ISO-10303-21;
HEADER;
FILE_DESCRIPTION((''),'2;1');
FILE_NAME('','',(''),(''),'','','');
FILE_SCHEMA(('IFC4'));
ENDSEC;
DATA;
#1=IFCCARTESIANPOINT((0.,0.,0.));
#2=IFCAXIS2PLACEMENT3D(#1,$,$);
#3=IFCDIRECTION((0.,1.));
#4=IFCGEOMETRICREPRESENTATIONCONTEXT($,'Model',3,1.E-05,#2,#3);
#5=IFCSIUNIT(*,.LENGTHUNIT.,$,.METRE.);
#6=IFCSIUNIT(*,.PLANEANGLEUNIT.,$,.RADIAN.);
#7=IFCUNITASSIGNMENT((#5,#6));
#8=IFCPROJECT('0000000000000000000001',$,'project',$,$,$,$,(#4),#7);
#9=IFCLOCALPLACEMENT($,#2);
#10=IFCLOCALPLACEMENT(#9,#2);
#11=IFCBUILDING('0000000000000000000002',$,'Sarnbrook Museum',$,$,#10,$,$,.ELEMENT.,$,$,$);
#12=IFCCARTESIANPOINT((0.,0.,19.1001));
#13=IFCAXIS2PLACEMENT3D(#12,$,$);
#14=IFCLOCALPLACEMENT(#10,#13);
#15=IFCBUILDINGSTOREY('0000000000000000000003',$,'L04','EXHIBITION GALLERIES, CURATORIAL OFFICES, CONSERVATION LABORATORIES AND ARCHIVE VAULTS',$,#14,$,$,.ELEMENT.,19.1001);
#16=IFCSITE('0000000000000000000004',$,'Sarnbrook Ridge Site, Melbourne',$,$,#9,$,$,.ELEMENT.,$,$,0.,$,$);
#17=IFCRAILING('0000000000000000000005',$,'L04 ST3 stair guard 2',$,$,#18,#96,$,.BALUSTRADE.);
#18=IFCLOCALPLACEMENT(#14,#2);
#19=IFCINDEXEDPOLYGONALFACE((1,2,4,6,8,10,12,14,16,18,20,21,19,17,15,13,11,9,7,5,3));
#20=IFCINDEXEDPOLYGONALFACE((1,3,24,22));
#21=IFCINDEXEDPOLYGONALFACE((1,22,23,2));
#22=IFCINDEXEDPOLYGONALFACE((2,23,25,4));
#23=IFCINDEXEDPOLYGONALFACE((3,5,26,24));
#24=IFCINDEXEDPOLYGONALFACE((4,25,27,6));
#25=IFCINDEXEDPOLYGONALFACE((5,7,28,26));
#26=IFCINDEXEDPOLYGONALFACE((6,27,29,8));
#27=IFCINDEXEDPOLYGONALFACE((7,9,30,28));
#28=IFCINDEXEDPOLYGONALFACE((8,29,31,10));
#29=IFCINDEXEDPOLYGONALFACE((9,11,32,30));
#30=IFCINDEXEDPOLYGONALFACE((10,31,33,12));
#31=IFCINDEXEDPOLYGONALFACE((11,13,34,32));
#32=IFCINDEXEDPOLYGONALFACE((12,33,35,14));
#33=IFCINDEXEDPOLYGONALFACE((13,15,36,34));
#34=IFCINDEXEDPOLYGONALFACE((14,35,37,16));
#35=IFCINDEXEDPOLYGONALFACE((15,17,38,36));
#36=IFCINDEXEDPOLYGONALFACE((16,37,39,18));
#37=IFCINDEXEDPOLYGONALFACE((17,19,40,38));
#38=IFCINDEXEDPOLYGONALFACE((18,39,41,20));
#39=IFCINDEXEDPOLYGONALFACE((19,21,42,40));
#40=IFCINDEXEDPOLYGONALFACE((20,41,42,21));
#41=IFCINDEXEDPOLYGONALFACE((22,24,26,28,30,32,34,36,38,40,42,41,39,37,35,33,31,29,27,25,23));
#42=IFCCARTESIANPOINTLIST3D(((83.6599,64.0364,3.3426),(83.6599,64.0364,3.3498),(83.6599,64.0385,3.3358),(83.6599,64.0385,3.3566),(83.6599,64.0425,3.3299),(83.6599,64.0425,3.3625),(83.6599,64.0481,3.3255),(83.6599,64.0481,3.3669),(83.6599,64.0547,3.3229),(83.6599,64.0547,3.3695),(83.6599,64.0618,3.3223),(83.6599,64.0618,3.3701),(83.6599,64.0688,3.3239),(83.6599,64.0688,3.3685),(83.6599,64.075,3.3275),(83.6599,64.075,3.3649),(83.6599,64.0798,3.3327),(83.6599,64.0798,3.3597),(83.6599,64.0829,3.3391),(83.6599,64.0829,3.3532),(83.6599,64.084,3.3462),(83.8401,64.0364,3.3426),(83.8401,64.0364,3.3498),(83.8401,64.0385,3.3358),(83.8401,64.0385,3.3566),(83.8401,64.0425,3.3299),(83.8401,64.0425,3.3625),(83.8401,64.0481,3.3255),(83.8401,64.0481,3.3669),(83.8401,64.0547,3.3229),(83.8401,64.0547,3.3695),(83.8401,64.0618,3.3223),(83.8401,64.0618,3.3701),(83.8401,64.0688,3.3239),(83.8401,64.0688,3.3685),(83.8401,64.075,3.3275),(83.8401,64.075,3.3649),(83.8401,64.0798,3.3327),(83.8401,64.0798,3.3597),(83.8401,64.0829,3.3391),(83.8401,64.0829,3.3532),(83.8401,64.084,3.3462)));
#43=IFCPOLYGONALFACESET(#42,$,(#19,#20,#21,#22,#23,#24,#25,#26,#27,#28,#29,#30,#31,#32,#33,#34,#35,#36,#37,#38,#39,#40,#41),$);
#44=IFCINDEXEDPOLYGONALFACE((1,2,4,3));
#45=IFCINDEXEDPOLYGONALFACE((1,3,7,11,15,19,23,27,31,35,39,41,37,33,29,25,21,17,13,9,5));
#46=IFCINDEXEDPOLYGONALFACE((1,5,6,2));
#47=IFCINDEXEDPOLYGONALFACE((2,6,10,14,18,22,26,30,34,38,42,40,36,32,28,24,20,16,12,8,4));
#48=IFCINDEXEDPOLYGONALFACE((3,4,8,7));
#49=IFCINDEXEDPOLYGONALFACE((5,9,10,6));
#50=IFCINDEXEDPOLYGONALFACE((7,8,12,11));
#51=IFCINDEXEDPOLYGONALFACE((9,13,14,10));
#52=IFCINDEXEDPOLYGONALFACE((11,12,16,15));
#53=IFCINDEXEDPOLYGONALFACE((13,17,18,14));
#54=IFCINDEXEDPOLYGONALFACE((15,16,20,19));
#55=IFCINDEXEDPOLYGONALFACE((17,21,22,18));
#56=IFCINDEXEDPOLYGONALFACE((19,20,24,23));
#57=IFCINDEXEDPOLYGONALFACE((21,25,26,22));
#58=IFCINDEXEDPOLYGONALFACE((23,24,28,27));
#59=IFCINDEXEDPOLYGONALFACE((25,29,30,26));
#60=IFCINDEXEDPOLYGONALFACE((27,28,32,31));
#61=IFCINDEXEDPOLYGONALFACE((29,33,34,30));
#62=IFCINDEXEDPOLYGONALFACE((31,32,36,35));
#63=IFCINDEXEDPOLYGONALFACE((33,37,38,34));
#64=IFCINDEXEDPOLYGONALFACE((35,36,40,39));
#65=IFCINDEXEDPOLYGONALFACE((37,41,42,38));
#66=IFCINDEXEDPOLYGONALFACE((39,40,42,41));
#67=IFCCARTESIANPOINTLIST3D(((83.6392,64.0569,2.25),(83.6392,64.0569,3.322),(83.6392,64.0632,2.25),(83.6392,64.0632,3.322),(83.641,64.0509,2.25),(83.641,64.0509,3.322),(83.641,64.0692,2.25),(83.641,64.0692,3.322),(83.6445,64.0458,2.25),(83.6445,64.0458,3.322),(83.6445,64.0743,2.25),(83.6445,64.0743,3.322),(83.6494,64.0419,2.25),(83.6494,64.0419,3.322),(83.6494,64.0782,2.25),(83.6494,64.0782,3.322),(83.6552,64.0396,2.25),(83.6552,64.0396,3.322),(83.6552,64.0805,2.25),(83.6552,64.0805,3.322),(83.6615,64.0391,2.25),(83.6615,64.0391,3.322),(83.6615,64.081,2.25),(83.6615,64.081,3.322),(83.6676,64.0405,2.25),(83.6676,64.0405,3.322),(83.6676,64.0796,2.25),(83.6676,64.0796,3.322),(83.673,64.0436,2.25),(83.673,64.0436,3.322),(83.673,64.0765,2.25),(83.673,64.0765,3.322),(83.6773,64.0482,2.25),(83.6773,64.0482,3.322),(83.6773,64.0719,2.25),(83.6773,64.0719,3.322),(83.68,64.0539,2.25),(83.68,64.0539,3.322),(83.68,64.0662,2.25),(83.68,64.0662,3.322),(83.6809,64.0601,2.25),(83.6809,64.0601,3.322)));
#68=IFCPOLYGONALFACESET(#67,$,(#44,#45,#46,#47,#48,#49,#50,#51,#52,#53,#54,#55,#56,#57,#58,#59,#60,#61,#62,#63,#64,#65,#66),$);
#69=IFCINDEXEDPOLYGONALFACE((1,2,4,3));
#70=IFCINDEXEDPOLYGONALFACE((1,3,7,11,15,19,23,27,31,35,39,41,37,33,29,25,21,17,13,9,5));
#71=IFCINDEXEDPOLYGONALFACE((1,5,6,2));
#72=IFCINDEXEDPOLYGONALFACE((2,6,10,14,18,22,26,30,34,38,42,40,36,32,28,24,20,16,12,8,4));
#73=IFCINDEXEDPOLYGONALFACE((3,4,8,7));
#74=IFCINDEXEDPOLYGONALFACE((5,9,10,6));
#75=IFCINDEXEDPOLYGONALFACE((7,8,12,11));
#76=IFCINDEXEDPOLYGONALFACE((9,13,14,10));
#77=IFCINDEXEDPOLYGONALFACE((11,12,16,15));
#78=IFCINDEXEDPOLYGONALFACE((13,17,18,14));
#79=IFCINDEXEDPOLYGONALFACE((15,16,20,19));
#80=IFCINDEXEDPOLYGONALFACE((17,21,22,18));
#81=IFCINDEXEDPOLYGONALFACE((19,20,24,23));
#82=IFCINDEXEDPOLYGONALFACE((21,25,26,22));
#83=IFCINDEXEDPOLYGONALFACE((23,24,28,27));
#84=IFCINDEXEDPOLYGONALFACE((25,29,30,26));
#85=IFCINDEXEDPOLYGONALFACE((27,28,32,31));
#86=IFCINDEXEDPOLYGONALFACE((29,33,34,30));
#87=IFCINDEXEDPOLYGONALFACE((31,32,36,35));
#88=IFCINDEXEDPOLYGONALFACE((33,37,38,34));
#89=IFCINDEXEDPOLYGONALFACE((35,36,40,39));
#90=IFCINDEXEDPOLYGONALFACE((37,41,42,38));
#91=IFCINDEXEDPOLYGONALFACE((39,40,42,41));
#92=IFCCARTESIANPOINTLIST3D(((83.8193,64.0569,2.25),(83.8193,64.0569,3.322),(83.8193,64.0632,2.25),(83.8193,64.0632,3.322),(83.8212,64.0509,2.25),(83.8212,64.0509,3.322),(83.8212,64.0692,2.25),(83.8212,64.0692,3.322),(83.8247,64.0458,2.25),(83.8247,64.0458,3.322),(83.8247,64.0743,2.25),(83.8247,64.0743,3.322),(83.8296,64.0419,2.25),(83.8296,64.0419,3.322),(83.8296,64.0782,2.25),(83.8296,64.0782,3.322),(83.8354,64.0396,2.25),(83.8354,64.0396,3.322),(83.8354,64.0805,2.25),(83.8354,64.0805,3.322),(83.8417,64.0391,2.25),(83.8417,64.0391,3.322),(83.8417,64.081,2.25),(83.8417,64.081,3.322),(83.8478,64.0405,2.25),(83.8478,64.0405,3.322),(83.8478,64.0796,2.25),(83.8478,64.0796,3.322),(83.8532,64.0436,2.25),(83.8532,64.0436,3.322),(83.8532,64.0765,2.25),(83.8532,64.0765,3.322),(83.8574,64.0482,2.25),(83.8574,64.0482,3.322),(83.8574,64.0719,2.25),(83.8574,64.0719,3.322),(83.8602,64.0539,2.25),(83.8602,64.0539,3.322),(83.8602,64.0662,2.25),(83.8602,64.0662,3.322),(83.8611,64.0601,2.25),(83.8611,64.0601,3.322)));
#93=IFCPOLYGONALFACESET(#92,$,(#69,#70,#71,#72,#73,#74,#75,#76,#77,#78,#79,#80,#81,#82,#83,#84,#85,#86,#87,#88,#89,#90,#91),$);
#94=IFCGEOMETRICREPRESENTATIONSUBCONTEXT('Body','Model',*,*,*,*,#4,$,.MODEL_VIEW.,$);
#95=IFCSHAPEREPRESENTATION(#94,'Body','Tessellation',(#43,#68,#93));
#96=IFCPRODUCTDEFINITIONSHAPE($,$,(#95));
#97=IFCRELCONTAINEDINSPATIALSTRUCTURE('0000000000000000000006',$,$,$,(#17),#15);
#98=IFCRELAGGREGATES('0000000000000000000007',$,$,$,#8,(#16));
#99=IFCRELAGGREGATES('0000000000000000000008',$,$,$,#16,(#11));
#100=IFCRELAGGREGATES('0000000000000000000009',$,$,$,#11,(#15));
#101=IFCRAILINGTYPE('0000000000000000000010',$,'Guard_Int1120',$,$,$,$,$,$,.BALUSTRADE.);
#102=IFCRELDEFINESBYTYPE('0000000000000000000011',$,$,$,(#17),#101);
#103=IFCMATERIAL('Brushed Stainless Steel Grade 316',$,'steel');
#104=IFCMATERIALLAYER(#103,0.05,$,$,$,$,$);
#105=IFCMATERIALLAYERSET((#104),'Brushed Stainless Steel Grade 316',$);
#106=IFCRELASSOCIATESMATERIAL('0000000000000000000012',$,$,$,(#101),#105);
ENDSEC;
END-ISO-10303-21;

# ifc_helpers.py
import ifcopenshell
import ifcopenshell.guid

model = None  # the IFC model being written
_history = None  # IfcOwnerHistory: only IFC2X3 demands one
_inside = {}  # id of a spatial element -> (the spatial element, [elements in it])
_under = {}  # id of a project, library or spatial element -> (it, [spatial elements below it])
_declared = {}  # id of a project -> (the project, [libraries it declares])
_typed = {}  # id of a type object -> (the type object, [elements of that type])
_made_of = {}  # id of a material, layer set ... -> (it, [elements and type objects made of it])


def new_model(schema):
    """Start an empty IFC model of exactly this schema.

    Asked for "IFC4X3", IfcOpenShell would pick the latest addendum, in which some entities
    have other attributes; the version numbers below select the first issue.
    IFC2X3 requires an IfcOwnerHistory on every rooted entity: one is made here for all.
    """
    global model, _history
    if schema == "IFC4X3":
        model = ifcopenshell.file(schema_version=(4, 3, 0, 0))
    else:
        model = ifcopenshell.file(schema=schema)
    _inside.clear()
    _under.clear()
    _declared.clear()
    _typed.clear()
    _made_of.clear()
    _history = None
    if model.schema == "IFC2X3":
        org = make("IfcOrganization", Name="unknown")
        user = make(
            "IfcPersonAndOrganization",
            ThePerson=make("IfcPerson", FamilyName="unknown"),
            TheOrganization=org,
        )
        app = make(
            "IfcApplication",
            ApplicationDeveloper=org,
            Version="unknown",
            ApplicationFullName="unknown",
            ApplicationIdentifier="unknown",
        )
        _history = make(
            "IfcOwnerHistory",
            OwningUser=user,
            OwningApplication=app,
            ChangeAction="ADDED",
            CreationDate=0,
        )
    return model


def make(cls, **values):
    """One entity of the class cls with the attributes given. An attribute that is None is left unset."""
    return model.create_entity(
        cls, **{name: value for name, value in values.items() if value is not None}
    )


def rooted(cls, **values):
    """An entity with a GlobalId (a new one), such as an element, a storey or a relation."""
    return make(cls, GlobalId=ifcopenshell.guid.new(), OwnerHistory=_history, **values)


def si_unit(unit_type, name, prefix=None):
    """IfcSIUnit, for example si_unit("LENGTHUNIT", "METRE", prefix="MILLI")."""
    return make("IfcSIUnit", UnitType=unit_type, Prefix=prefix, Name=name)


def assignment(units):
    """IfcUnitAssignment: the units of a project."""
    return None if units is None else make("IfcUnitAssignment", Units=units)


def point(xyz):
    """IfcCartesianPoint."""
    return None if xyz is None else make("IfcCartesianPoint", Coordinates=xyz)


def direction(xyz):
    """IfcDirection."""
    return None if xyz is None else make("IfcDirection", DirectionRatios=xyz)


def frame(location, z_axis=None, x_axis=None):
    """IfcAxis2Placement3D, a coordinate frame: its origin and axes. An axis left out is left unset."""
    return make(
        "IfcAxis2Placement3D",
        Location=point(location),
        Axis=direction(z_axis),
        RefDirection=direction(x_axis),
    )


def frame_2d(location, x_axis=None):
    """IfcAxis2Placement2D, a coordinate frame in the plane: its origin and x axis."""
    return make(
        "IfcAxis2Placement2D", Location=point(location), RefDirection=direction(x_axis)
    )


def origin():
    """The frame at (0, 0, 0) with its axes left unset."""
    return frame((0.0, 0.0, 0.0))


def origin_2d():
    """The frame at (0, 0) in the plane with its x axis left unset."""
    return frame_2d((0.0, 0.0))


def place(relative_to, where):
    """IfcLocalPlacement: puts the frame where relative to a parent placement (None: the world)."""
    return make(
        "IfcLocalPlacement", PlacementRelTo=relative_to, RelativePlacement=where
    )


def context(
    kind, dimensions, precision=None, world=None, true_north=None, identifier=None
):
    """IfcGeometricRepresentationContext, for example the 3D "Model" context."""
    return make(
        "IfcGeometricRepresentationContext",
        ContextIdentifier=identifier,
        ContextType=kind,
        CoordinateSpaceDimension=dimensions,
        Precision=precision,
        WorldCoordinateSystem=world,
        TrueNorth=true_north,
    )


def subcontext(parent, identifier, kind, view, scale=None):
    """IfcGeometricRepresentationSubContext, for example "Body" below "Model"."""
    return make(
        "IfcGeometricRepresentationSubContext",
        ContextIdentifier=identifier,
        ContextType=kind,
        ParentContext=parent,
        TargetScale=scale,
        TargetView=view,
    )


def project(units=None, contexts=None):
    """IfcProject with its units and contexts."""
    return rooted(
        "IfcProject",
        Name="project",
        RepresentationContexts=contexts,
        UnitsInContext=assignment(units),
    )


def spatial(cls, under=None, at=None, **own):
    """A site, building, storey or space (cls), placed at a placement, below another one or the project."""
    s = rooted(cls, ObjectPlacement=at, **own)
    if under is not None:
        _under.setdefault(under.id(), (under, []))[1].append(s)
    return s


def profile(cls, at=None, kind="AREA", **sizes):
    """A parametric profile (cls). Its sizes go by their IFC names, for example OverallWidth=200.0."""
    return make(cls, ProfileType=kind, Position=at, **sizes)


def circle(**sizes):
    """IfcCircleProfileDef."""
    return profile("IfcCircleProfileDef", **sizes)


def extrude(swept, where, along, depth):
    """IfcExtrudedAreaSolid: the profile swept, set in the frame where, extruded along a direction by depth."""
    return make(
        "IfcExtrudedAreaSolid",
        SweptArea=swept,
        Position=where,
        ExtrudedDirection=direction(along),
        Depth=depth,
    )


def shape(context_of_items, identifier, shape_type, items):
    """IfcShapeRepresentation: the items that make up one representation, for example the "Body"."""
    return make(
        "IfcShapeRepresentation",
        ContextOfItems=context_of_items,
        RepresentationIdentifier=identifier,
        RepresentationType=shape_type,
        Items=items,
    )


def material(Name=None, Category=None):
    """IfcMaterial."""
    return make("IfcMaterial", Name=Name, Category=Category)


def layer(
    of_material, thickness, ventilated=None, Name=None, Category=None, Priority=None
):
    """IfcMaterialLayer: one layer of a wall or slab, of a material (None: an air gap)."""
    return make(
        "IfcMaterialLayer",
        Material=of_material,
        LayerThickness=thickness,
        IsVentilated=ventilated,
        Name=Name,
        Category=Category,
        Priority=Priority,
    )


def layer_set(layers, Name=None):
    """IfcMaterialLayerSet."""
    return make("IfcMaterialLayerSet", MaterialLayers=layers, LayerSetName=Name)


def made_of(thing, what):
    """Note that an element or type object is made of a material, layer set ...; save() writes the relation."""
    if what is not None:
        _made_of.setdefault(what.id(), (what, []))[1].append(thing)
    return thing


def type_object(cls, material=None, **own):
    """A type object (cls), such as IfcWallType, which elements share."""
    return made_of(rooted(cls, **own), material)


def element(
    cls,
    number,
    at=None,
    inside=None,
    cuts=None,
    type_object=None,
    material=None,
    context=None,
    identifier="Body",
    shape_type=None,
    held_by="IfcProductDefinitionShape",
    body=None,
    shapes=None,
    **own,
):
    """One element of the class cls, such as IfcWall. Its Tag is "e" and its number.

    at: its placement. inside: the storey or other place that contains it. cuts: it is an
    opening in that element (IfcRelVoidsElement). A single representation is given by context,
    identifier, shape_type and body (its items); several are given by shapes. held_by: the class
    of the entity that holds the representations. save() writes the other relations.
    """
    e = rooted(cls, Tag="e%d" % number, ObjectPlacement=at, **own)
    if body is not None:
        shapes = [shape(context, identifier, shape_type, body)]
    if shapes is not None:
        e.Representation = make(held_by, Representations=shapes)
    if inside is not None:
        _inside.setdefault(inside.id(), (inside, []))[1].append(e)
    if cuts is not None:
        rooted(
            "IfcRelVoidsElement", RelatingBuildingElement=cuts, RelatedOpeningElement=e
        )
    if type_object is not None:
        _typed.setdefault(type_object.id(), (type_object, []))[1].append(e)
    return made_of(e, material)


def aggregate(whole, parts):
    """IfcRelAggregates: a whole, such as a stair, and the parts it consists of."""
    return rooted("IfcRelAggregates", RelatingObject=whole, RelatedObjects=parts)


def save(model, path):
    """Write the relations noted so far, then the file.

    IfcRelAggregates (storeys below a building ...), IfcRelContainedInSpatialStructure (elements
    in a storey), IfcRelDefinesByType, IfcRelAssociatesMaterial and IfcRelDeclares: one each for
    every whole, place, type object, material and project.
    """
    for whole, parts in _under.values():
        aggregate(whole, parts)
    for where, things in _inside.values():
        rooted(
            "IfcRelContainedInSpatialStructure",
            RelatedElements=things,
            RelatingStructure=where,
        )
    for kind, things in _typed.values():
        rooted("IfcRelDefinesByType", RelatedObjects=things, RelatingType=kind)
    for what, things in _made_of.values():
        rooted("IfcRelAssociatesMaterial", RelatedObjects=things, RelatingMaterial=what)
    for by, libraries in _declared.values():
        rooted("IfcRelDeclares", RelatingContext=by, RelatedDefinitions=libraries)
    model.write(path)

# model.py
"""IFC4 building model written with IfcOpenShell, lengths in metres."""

from ifc_helpers import new_model, si_unit, direction, frame, origin, origin_2d, place, context, subcontext, project, spatial, circle, extrude, material, layer, layer_set, type_object, element, save


model = new_model("IFC4")

# Units and contexts
model_context = context("Model", 3, precision=1e-05, world=origin(), true_north=direction((0.0, 1.0)))
body_context = subcontext(model_context, "Body", "Model", "MODEL_VIEW")
ifc_project = project(units=[si_unit("LENGTHUNIT", "METRE"), si_unit("PLANEANGLEUNIT", "RADIAN")], contexts=[model_context])

# Site, building, storey
site_placement = place(None, origin())
site = spatial("IfcSite", under=ifc_project, at=site_placement, Name="Sarnbrook Ridge Site, Melbourne", CompositionType="ELEMENT", RefElevation=0.0)
building_placement = place(site_placement, origin())
building = spatial("IfcBuilding", under=site, at=building_placement, Name="Sarnbrook Museum", CompositionType="ELEMENT")
storey_placement = place(building_placement, frame((0.0, 0.0, 19.1001)))
storey = spatial("IfcBuildingStorey", under=building, at=storey_placement, Name="L04", Description="EXHIBITION GALLERIES, CURATORIAL OFFICES, CONSERVATION LABORATORIES AND ARCHIVE VAULTS", CompositionType="ELEMENT", Elevation=19.1001)

# Shared definitions
ifc_material_1 = material(Name="Brushed Stainless Steel Grade 316", Category="steel")

# Railing
ifc_layer_1 = layer(ifc_material_1, 0.05)
ifc_layer_set_1 = layer_set([ifc_layer_1], Name="Brushed Stainless Steel Grade 316")
railing_type_1 = type_object("IfcRailingType", Name="Guard_Int1120", PredefinedType="BALUSTRADE", material=ifc_layer_set_1)
railing_1_placement = place(storey_placement, frame((83.6599, 64.0601, 2.25)))
element("IfcRailing", 1, at=railing_1_placement, inside=storey, type_object=railing_type_1, Name="L04 ST3 stair guard 2", PredefinedType="BALUSTRADE", context=body_context, shape_type="SweptSolid", body=[
    extrude(circle(Radius=0.0239, at=origin_2d()), frame((0.0, 0.0, 1.0962), z_axis=(1.0, 0.0, 0.0), x_axis=(0.0, 1.0, 0.0)), (0.0, 0.0, 1.0), 0.1802),
    extrude(circle(Radius=0.021, at=origin_2d()), origin(), (0.0, 0.0, 1.0), 1.072),
    extrude(circle(Radius=0.021, at=origin_2d()), frame((0.1802, 0.0, 0.0)), (0.0, 0.0, 1.0), 1.072),
])

save(model, "model.ifc")
